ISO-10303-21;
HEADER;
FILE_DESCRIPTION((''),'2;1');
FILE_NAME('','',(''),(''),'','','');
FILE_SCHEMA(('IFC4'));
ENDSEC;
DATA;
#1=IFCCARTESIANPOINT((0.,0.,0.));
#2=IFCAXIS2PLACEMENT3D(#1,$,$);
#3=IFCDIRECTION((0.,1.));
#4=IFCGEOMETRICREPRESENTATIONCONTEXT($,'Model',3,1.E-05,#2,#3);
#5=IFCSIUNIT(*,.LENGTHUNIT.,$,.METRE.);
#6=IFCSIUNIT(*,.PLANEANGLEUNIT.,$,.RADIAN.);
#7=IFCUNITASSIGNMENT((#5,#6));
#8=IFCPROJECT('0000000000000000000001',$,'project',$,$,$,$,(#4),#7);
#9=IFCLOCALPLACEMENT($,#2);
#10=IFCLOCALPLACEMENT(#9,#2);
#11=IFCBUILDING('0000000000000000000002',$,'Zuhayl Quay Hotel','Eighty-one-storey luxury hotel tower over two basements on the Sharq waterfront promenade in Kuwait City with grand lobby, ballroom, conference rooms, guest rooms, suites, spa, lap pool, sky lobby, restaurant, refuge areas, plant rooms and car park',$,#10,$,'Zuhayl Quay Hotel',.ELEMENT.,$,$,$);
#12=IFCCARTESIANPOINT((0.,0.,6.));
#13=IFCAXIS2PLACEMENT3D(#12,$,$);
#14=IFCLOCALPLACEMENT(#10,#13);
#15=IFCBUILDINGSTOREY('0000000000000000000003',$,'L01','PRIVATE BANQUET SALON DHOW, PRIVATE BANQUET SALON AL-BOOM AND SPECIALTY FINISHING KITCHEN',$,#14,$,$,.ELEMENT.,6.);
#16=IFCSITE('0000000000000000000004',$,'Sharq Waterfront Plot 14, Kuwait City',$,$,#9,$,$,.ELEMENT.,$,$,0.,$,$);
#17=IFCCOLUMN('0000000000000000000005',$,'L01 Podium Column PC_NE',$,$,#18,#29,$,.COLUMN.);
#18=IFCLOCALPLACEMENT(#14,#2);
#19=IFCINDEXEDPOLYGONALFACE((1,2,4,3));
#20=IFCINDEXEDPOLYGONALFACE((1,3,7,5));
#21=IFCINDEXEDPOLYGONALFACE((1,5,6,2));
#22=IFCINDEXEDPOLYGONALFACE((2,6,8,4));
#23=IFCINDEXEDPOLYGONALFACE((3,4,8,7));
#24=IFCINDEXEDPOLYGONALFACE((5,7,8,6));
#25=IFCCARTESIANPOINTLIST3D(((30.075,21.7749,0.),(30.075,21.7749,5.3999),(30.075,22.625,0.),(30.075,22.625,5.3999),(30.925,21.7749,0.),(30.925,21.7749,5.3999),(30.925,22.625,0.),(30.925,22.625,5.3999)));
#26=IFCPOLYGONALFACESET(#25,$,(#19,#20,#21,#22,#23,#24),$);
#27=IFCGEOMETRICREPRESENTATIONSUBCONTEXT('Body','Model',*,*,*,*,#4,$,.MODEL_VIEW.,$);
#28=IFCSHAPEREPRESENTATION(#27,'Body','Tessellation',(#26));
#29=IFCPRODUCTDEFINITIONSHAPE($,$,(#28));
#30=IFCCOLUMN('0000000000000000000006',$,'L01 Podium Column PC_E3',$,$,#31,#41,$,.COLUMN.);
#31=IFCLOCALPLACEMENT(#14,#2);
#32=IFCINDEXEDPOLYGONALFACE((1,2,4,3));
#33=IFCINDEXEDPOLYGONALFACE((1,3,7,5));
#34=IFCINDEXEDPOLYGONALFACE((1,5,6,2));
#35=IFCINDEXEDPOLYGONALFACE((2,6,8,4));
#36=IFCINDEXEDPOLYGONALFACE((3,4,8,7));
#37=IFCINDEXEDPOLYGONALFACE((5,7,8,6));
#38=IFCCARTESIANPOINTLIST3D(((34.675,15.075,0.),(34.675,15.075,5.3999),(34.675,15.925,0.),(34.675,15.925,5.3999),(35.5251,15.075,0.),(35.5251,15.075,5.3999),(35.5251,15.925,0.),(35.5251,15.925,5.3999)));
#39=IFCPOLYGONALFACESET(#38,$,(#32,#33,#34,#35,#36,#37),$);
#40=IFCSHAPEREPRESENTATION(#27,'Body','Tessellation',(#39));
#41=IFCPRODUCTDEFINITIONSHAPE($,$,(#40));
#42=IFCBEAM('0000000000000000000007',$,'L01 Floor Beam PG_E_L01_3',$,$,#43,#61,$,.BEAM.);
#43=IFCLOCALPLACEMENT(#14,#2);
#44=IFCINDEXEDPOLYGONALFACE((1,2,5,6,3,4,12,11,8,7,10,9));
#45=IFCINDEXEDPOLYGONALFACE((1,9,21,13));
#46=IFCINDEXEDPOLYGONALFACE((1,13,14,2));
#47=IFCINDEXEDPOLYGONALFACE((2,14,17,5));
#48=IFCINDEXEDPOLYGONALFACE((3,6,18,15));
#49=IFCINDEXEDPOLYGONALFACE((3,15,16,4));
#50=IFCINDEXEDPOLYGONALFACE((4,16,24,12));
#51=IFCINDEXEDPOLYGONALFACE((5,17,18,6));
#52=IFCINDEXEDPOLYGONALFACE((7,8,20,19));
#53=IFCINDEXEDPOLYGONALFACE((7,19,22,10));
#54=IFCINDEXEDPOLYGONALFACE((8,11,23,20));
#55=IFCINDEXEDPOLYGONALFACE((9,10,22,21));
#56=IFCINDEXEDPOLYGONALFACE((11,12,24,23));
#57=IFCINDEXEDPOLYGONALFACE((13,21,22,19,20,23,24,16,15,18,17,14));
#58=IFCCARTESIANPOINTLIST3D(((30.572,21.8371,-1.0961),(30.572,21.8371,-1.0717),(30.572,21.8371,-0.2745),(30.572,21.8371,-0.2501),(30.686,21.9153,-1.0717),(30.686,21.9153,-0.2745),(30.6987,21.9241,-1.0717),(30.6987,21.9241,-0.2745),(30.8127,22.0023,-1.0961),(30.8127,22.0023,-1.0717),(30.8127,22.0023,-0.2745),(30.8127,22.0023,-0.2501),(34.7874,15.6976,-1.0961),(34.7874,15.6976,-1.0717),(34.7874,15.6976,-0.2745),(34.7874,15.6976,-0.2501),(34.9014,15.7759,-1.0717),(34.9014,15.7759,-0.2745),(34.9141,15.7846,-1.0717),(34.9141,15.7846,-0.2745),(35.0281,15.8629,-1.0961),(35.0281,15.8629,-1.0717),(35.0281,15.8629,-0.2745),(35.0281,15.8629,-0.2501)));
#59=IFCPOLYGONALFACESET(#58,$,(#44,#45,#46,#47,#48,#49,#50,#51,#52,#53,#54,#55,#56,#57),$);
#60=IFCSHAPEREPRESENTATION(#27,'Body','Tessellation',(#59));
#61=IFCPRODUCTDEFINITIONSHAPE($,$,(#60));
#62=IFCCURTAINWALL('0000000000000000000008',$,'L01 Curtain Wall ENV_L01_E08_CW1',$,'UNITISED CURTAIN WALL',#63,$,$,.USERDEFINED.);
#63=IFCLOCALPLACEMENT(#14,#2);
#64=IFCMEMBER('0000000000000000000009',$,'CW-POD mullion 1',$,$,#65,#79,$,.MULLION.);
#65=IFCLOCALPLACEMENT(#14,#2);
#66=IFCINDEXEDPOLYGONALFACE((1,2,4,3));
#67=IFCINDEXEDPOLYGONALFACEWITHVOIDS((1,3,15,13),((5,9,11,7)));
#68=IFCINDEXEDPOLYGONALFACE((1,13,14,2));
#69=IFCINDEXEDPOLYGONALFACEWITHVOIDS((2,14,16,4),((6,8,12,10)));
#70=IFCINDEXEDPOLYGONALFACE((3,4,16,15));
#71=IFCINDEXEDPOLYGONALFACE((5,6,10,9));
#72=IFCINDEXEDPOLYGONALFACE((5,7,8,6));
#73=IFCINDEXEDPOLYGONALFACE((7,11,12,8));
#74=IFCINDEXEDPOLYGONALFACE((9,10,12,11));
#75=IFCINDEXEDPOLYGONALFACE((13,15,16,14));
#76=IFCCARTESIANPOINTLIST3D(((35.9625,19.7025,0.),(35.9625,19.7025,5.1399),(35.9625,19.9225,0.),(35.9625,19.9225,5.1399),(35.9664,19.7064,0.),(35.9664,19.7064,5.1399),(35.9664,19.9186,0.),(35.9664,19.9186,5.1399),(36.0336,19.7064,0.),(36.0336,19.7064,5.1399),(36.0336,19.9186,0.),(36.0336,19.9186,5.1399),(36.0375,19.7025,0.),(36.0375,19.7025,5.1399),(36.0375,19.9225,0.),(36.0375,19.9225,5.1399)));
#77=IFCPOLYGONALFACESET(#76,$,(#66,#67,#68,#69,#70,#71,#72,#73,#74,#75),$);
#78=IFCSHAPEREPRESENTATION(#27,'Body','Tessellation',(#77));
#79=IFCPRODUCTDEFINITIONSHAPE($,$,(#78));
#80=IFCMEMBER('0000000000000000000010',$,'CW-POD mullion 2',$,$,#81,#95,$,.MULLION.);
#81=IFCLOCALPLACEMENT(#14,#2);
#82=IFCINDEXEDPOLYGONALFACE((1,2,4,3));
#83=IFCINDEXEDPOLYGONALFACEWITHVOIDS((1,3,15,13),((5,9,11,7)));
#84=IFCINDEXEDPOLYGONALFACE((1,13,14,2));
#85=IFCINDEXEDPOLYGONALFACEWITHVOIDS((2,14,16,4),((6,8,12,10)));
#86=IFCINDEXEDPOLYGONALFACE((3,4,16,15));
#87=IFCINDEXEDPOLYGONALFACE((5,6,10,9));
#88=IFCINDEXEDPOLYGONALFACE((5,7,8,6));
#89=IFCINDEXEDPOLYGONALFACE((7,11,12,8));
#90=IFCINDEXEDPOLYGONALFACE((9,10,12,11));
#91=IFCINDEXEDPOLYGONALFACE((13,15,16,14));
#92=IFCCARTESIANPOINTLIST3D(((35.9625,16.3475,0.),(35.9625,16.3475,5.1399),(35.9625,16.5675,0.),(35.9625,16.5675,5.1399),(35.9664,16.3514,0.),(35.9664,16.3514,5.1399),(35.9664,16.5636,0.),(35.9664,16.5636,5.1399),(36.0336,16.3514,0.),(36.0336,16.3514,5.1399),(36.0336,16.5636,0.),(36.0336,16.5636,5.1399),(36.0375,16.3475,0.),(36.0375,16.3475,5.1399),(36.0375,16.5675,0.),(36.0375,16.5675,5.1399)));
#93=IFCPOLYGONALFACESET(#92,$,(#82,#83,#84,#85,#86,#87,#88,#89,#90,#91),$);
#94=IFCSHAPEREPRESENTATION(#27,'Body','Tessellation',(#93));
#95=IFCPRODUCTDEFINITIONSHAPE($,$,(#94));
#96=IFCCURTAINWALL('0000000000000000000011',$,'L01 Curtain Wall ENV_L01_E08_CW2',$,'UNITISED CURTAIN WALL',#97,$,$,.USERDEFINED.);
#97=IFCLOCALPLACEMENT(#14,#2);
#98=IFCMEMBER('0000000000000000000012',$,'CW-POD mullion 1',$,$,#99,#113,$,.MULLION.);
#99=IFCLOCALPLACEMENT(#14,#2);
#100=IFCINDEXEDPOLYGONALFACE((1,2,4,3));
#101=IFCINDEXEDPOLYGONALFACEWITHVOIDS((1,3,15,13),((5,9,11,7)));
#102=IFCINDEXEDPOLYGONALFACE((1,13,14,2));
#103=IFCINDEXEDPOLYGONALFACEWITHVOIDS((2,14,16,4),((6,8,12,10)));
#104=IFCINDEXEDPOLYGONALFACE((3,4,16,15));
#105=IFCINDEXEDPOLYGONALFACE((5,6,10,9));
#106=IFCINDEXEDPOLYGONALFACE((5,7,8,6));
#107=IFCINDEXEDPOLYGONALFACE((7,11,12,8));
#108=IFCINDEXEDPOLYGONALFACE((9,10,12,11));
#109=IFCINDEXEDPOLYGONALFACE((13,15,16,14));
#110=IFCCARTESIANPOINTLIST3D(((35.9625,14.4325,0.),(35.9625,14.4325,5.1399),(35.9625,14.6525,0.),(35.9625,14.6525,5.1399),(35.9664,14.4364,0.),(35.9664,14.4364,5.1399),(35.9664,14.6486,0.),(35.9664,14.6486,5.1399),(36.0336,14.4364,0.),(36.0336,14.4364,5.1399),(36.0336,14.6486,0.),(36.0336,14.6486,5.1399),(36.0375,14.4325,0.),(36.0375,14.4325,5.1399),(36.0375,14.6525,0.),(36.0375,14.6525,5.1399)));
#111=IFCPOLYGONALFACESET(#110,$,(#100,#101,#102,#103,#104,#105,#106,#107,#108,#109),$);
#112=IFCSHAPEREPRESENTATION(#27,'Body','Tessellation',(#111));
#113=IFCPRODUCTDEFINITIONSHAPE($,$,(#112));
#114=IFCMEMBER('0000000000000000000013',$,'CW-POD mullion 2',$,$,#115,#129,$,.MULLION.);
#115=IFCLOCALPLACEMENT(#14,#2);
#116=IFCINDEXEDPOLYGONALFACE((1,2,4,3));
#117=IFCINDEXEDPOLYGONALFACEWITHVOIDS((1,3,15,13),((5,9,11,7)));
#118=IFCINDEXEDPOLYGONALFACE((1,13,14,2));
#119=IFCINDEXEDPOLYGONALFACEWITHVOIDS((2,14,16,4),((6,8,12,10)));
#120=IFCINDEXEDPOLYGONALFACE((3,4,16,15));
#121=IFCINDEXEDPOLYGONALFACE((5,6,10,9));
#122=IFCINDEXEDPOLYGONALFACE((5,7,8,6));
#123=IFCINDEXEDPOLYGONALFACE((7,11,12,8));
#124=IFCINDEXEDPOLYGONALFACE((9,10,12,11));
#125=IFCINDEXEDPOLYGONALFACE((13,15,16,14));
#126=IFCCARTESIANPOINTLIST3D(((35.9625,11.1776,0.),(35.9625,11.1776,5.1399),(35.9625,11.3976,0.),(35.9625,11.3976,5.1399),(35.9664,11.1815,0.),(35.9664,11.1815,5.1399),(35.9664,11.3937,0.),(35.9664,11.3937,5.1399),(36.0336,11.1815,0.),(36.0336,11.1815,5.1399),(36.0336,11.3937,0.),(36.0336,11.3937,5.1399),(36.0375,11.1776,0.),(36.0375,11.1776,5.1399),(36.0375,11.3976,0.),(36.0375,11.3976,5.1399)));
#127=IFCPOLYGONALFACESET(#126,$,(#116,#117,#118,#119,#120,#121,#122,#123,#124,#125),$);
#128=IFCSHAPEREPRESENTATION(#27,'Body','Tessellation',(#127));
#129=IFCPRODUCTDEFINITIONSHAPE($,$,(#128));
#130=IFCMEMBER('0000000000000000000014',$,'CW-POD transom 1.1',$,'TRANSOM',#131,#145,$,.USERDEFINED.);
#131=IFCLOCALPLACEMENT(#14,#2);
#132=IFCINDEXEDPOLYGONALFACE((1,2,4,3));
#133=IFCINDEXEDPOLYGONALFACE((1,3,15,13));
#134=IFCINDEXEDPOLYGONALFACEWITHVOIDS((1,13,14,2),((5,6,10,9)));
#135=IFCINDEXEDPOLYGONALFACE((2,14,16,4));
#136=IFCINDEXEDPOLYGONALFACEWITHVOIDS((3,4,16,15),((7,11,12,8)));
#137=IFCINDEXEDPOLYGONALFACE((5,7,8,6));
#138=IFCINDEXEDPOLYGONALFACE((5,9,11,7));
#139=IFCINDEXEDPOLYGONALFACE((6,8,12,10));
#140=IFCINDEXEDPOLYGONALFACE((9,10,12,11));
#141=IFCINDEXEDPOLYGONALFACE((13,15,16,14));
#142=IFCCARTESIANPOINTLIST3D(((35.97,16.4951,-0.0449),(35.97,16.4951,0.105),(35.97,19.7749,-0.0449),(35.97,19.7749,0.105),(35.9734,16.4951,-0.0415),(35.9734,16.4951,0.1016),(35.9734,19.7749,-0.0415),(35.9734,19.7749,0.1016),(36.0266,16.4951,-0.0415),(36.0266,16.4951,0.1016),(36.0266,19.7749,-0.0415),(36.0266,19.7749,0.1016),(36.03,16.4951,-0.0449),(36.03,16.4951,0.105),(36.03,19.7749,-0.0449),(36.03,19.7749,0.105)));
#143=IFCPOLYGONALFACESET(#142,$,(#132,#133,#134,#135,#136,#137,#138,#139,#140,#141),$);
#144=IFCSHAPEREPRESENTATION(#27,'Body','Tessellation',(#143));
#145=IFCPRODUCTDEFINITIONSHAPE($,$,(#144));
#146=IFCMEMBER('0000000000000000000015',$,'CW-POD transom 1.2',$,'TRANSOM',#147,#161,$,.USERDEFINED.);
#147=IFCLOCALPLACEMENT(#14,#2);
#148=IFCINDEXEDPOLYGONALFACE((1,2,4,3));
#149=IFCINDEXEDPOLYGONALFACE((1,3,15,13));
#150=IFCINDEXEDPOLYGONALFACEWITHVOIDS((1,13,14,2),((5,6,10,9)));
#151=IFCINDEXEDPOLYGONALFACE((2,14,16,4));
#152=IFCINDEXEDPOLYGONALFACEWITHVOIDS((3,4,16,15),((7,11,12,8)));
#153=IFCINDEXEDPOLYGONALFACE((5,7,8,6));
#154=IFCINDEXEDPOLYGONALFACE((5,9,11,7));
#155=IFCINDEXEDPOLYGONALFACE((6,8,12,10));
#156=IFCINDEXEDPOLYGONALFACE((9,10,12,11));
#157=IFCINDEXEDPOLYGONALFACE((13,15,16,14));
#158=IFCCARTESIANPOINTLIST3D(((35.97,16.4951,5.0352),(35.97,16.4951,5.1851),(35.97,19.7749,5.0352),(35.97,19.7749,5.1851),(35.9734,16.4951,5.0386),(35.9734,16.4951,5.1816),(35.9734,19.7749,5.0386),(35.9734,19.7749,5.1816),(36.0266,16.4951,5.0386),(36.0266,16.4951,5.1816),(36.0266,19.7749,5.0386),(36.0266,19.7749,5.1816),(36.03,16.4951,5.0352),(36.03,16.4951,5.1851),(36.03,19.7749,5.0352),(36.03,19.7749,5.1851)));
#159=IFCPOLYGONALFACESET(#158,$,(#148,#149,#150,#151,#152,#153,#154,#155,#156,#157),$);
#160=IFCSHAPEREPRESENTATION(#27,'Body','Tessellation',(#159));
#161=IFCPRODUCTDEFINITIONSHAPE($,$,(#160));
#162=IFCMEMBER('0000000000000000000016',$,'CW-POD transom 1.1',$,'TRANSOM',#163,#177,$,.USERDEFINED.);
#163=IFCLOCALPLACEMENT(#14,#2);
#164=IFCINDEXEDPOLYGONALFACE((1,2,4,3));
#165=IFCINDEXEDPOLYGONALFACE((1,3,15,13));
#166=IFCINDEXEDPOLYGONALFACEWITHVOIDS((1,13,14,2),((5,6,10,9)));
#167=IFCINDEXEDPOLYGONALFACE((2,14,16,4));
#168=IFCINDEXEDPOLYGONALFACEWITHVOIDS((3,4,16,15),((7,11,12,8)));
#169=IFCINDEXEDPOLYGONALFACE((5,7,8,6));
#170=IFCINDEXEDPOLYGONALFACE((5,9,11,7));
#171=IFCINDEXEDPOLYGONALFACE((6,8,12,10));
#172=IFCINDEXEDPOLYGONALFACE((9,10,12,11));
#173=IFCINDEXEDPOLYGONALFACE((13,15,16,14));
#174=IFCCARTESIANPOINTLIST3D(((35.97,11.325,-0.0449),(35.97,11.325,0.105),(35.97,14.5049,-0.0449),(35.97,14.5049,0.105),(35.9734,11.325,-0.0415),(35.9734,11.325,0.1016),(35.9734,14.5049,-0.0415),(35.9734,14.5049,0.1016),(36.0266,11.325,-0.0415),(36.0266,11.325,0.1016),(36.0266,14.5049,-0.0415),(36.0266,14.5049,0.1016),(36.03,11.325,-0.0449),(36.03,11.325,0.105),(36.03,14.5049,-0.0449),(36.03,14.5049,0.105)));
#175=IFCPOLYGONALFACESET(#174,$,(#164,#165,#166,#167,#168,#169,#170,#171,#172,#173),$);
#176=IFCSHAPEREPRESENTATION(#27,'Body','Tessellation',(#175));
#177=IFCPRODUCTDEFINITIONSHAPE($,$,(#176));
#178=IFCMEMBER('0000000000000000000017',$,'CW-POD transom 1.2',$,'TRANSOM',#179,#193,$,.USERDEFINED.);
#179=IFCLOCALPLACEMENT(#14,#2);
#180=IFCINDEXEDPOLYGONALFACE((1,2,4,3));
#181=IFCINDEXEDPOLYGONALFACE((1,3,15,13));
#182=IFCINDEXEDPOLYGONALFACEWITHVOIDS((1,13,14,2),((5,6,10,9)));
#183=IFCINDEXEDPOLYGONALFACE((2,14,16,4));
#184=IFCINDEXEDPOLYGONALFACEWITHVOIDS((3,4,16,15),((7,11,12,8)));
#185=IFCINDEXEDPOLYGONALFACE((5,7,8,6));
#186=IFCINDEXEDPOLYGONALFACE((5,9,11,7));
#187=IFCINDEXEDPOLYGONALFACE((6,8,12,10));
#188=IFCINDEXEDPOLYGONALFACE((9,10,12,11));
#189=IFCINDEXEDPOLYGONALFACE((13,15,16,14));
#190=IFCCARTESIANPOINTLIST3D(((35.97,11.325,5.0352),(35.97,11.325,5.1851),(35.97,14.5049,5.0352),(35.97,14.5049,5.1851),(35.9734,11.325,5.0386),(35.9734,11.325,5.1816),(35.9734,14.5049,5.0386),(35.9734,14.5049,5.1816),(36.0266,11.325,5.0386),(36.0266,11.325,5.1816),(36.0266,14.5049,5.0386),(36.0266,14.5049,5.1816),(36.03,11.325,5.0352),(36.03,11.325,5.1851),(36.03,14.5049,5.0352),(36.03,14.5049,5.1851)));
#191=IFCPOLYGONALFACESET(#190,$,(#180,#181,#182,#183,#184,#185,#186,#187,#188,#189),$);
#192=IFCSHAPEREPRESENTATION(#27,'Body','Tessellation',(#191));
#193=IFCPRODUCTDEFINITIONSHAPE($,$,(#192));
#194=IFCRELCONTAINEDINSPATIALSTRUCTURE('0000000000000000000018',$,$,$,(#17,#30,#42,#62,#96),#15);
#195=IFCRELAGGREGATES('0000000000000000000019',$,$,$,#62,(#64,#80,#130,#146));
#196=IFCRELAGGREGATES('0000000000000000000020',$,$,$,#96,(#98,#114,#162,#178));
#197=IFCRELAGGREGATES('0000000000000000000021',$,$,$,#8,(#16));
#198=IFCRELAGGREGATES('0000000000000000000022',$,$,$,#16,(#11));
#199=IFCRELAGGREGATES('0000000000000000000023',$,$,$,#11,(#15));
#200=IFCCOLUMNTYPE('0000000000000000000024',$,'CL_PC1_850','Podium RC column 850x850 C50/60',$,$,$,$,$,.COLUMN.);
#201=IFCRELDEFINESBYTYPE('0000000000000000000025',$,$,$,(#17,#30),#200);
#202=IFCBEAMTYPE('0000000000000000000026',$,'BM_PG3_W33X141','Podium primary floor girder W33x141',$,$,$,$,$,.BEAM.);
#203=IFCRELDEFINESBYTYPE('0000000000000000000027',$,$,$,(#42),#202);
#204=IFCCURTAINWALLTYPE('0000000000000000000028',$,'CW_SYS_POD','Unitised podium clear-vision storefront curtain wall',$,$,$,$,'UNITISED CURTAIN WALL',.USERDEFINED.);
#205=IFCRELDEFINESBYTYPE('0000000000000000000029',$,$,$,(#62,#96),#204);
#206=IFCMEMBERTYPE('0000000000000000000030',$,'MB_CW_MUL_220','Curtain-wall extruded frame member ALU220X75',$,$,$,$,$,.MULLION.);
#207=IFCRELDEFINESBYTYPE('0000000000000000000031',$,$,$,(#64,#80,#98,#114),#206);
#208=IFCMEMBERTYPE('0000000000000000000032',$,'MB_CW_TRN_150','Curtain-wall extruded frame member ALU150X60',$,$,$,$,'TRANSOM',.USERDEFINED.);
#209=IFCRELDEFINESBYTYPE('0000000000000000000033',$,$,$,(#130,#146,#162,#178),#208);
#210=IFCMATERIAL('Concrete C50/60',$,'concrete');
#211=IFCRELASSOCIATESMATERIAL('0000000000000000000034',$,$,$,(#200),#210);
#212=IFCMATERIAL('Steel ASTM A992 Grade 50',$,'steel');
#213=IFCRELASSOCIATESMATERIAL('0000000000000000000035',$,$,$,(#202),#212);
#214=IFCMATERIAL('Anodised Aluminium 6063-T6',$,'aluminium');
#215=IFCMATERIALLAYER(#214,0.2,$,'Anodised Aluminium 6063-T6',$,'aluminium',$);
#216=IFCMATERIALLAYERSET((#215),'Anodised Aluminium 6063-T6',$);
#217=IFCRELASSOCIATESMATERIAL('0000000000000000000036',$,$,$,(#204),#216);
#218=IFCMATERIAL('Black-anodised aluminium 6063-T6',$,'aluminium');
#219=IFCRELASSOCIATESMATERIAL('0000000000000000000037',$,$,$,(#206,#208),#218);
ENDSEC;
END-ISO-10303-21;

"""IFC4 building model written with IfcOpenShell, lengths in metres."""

from ifc_helpers import new_model, si_unit, direction, frame, origin, origin_2d, place, context, subcontext, project, spatial, rectangle, hollow_rectangle, i_section, extrude, material, layer, layer_set, material_profile, profile_set, type_object, element, aggregate, save


model = new_model("IFC4")

# Units and contexts
model_context = context("Model", 3, precision=1e-05, world=origin(), true_north=direction((0.0, 1.0)))
body_context = subcontext(model_context, "Body", "Model", "MODEL_VIEW")
ifc_project = project(units=[si_unit("LENGTHUNIT", "METRE"), si_unit("PLANEANGLEUNIT", "RADIAN")], contexts=[model_context])

# Site, building, storey
site_placement = place(None, origin())
site = spatial("IfcSite", under=ifc_project, at=site_placement, Name="Sharq Waterfront Plot 14, Kuwait City", CompositionType="ELEMENT", RefElevation=0.0)
building_placement = place(site_placement, origin())
building = spatial("IfcBuilding", under=site, at=building_placement, Name="Zuhayl Quay Hotel", Description="Eighty-one-storey luxury hotel tower over two basements on the Sharq waterfront promenade in Kuwait City with grand lobby, ballroom, conference rooms, guest rooms, suites, spa, lap pool, sky lobby, restaurant, refuge areas, plant rooms and car park", LongName="Zuhayl Quay Hotel", CompositionType="ELEMENT")
storey_placement = place(building_placement, frame((0.0, 0.0, 6.0)))
storey = spatial("IfcBuildingStorey", under=building, at=storey_placement, Name="L01", Description="PRIVATE BANQUET SALON DHOW, PRIVATE BANQUET SALON AL-BOOM AND SPECIALTY FINISHING KITCHEN", CompositionType="ELEMENT", Elevation=6.0)

# Columns
ifc_material_1 = material(Name="Concrete C50/60", Category="concrete")
ifc_material_profile_1 = material_profile(ifc_material_1, rectangle(XDim=0.8501, YDim=0.8501, at=origin_2d()), Name="RC850X850")
ifc_profile_set_1 = profile_set([ifc_material_profile_1], Name="Concrete C50/60")
column_type = type_object("IfcColumnType", Name="CL_PC1_850", Description="Podium RC column 850x850 C50/60", PredefinedType="COLUMN", material=ifc_profile_set_1)
for number, where, z_axis, x_axis, name in (
    (1, (30.5, 22.2, 0.0), (0.0, 0.0, 1.0), (1.0, 0.0, 0.0), "L01 Podium Column PC_NE"),
    (2, (35.1001, 15.5, 0.0), (0.0, 0.0, 1.0), (1.0, 0.0, 0.0), "L01 Podium Column PC_E3"),
):
    element("IfcColumn", number, at=place(storey_placement, frame(where, z_axis=z_axis, x_axis=x_axis)), inside=storey, type_object=column_type, Name=name, PredefinedType="COLUMN", context=body_context, shape_type="SweptSolid", body=[
        extrude(rectangle(XDim=0.8501, YDim=0.8501, at=origin_2d()), origin(), (0.0, 0.0, 1.0), 5.3999),
    ])

# Beam
ifc_material_2 = material(Name="Steel ASTM A992 Grade 50", Category="steel")
ifc_material_profile_2 = material_profile(ifc_material_2, i_section(OverallWidth=0.292, OverallDepth=0.8459, WebThickness=0.0154, FlangeThickness=0.0244, at=origin_2d()), Name="W33X141")
ifc_profile_set_2 = profile_set([ifc_material_profile_2], Name="Steel ASTM A992 Grade 50")
beam_type = type_object("IfcBeamType", Name="BM_PG3_W33X141", Description="Podium primary floor girder W33x141", PredefinedType="BEAM", material=ifc_profile_set_2)
beam_placement = place(storey_placement, frame((34.9077, 15.7803, -0.6731), z_axis=(-0.566026, 0.824387, 0.0), x_axis=(-0.824387, -0.566026, 0.0)))
element("IfcBeam", 3, at=beam_placement, inside=storey, type_object=beam_type, Name="L01 Floor Beam PG_E_L01_3", PredefinedType="BEAM", context=body_context, shape_type="SweptSolid", body=[
    extrude(i_section(OverallWidth=0.292, OverallDepth=0.8459, WebThickness=0.0154, FlangeThickness=0.0244, at=origin_2d()), origin(), (0.0, 0.0, 1.0), 7.4473),
])

# Curtain walls, members
ifc_material_3 = material(Name="Anodised Aluminium 6063-T6", Category="aluminium")
ifc_layer_1 = layer(ifc_material_3, 0.2, Name="Anodised Aluminium 6063-T6", Category="aluminium")
ifc_layer_set_1 = layer_set([ifc_layer_1], Name="Anodised Aluminium 6063-T6")
curtain_wall_type = type_object("IfcCurtainWallType", Name="CW_SYS_POD", Description="Unitised podium clear-vision storefront curtain wall", ElementType="UNITISED CURTAIN WALL", PredefinedType="USERDEFINED", material=ifc_layer_set_1)
curtain_wall_1_placement = place(storey_placement, origin())
curtain_wall_1 = element("IfcCurtainWall", 4, at=curtain_wall_1_placement, inside=storey, type_object=curtain_wall_type, Name="L01 Curtain Wall ENV_L01_E08_CW1", ObjectType="UNITISED CURTAIN WALL", PredefinedType="USERDEFINED")
ifc_material_4 = material(Name="Black-anodised aluminium 6063-T6", Category="aluminium")
ifc_material_profile_3 = material_profile(ifc_material_4, hollow_rectangle(XDim=0.075, YDim=0.22, WallThickness=0.0039, at=origin_2d()), Name="ALU220X75")
ifc_profile_set_3 = profile_set([ifc_material_profile_3], Name="Black-anodised aluminium 6063-T6")
member_type_1 = type_object("IfcMemberType", Name="MB_CW_MUL_220", Description="Curtain-wall extruded frame member ALU220X75", PredefinedType="MULLION", material=ifc_profile_set_3)
member_1_placement = place(storey_placement, frame((36.0, 19.8125, 0.0), z_axis=(0.0, 0.0, 1.0), x_axis=(1.0, 0.0, 0.0)))
member_1 = element("IfcMember", 5, at=member_1_placement, type_object=member_type_1, Name="CW-POD mullion 1", PredefinedType="MULLION", context=body_context, shape_type="SweptSolid", body=[
    extrude(hollow_rectangle(XDim=0.075, YDim=0.22, WallThickness=0.0039, at=origin_2d()), origin(), (0.0, 0.0, 1.0), 5.1399),
])
member_2_placement = place(storey_placement, frame((36.0, 16.4575, 0.0), z_axis=(0.0, 0.0, 1.0), x_axis=(1.0, 0.0, 0.0)))
member_2 = element("IfcMember", 6, at=member_2_placement, type_object=member_type_1, Name="CW-POD mullion 2", PredefinedType="MULLION", context=body_context, shape_type="SweptSolid", body=[
    extrude(hollow_rectangle(XDim=0.075, YDim=0.22, WallThickness=0.0039, at=origin_2d()), origin(), (0.0, 0.0, 1.0), 5.1399),
])
curtain_wall_2_placement = place(storey_placement, origin())
curtain_wall_2 = element("IfcCurtainWall", 7, at=curtain_wall_2_placement, inside=storey, type_object=curtain_wall_type, Name="L01 Curtain Wall ENV_L01_E08_CW2", ObjectType="UNITISED CURTAIN WALL", PredefinedType="USERDEFINED")
member_3_placement = place(storey_placement, frame((36.0, 14.5425, 0.0), z_axis=(0.0, 0.0, 1.0), x_axis=(1.0, 0.0, 0.0)))
member_3 = element("IfcMember", 8, at=member_3_placement, type_object=member_type_1, Name="CW-POD mullion 1", PredefinedType="MULLION", context=body_context, shape_type="SweptSolid", body=[
    extrude(hollow_rectangle(XDim=0.075, YDim=0.22, WallThickness=0.0039, at=origin_2d()), origin(), (0.0, 0.0, 1.0), 5.1399),
])
member_4_placement = place(storey_placement, frame((36.0, 11.2876, 0.0), z_axis=(0.0, 0.0, 1.0), x_axis=(1.0, 0.0, 0.0)))
member_4 = element("IfcMember", 9, at=member_4_placement, type_object=member_type_1, Name="CW-POD mullion 2", PredefinedType="MULLION", context=body_context, shape_type="SweptSolid", body=[
    extrude(hollow_rectangle(XDim=0.075, YDim=0.22, WallThickness=0.0039, at=origin_2d()), origin(), (0.0, 0.0, 1.0), 5.1399),
])

# Members
ifc_material_profile_4 = material_profile(ifc_material_4, hollow_rectangle(XDim=0.0601, YDim=0.1499, WallThickness=0.0034, at=origin_2d()), Name="ALU150X60")
ifc_profile_set_4 = profile_set([ifc_material_profile_4], Name="Black-anodised aluminium 6063-T6")
member_type_2 = type_object("IfcMemberType", Name="MB_CW_TRN_150", Description="Curtain-wall extruded frame member ALU150X60", ElementType="TRANSOM", PredefinedType="USERDEFINED", material=ifc_profile_set_4)
member_5_placement = place(storey_placement, frame((36.0, 19.7749, 0.03), z_axis=(0.0, -1.0, 0.0), x_axis=(1.0, 0.0, 0.0)))
member_5 = element("IfcMember", 10, at=member_5_placement, type_object=member_type_2, Name="CW-POD transom 1.1", ObjectType="TRANSOM", PredefinedType="USERDEFINED", context=body_context, shape_type="SweptSolid", body=[
    extrude(hollow_rectangle(XDim=0.0601, YDim=0.1499, WallThickness=0.0034, at=origin_2d()), origin(), (0.0, 0.0, 1.0), 3.2798),
])
member_6_placement = place(storey_placement, frame((36.0, 19.7749, 5.1101), z_axis=(0.0, -1.0, 0.0), x_axis=(1.0, 0.0, 0.0)))
member_6 = element("IfcMember", 11, at=member_6_placement, type_object=member_type_2, Name="CW-POD transom 1.2", ObjectType="TRANSOM", PredefinedType="USERDEFINED", context=body_context, shape_type="SweptSolid", body=[
    extrude(hollow_rectangle(XDim=0.0601, YDim=0.1499, WallThickness=0.0034, at=origin_2d()), origin(), (0.0, 0.0, 1.0), 3.2798),
])
member_7_placement = place(storey_placement, frame((36.0, 14.5049, 0.03), z_axis=(0.0, -1.0, 0.0), x_axis=(1.0, 0.0, 0.0)))
member_7 = element("IfcMember", 12, at=member_7_placement, type_object=member_type_2, Name="CW-POD transom 1.1", ObjectType="TRANSOM", PredefinedType="USERDEFINED", context=body_context, shape_type="SweptSolid", body=[
    extrude(hollow_rectangle(XDim=0.0601, YDim=0.1499, WallThickness=0.0034, at=origin_2d()), origin(), (0.0, 0.0, 1.0), 3.1799),
])
member_8_placement = place(storey_placement, frame((36.0, 14.5049, 5.1101), z_axis=(0.0, -1.0, 0.0), x_axis=(1.0, 0.0, 0.0)))
member_8 = element("IfcMember", 13, at=member_8_placement, type_object=member_type_2, Name="CW-POD transom 1.2", ObjectType="TRANSOM", PredefinedType="USERDEFINED", context=body_context, shape_type="SweptSolid", body=[
    extrude(hollow_rectangle(XDim=0.0601, YDim=0.1499, WallThickness=0.0034, at=origin_2d()), origin(), (0.0, 0.0, 1.0), 3.1799),
])

aggregate(curtain_wall_1, [member_1, member_2, member_5, member_6])
aggregate(curtain_wall_2, [member_3, member_4, member_7, member_8])

save(model, "model.ifc")
